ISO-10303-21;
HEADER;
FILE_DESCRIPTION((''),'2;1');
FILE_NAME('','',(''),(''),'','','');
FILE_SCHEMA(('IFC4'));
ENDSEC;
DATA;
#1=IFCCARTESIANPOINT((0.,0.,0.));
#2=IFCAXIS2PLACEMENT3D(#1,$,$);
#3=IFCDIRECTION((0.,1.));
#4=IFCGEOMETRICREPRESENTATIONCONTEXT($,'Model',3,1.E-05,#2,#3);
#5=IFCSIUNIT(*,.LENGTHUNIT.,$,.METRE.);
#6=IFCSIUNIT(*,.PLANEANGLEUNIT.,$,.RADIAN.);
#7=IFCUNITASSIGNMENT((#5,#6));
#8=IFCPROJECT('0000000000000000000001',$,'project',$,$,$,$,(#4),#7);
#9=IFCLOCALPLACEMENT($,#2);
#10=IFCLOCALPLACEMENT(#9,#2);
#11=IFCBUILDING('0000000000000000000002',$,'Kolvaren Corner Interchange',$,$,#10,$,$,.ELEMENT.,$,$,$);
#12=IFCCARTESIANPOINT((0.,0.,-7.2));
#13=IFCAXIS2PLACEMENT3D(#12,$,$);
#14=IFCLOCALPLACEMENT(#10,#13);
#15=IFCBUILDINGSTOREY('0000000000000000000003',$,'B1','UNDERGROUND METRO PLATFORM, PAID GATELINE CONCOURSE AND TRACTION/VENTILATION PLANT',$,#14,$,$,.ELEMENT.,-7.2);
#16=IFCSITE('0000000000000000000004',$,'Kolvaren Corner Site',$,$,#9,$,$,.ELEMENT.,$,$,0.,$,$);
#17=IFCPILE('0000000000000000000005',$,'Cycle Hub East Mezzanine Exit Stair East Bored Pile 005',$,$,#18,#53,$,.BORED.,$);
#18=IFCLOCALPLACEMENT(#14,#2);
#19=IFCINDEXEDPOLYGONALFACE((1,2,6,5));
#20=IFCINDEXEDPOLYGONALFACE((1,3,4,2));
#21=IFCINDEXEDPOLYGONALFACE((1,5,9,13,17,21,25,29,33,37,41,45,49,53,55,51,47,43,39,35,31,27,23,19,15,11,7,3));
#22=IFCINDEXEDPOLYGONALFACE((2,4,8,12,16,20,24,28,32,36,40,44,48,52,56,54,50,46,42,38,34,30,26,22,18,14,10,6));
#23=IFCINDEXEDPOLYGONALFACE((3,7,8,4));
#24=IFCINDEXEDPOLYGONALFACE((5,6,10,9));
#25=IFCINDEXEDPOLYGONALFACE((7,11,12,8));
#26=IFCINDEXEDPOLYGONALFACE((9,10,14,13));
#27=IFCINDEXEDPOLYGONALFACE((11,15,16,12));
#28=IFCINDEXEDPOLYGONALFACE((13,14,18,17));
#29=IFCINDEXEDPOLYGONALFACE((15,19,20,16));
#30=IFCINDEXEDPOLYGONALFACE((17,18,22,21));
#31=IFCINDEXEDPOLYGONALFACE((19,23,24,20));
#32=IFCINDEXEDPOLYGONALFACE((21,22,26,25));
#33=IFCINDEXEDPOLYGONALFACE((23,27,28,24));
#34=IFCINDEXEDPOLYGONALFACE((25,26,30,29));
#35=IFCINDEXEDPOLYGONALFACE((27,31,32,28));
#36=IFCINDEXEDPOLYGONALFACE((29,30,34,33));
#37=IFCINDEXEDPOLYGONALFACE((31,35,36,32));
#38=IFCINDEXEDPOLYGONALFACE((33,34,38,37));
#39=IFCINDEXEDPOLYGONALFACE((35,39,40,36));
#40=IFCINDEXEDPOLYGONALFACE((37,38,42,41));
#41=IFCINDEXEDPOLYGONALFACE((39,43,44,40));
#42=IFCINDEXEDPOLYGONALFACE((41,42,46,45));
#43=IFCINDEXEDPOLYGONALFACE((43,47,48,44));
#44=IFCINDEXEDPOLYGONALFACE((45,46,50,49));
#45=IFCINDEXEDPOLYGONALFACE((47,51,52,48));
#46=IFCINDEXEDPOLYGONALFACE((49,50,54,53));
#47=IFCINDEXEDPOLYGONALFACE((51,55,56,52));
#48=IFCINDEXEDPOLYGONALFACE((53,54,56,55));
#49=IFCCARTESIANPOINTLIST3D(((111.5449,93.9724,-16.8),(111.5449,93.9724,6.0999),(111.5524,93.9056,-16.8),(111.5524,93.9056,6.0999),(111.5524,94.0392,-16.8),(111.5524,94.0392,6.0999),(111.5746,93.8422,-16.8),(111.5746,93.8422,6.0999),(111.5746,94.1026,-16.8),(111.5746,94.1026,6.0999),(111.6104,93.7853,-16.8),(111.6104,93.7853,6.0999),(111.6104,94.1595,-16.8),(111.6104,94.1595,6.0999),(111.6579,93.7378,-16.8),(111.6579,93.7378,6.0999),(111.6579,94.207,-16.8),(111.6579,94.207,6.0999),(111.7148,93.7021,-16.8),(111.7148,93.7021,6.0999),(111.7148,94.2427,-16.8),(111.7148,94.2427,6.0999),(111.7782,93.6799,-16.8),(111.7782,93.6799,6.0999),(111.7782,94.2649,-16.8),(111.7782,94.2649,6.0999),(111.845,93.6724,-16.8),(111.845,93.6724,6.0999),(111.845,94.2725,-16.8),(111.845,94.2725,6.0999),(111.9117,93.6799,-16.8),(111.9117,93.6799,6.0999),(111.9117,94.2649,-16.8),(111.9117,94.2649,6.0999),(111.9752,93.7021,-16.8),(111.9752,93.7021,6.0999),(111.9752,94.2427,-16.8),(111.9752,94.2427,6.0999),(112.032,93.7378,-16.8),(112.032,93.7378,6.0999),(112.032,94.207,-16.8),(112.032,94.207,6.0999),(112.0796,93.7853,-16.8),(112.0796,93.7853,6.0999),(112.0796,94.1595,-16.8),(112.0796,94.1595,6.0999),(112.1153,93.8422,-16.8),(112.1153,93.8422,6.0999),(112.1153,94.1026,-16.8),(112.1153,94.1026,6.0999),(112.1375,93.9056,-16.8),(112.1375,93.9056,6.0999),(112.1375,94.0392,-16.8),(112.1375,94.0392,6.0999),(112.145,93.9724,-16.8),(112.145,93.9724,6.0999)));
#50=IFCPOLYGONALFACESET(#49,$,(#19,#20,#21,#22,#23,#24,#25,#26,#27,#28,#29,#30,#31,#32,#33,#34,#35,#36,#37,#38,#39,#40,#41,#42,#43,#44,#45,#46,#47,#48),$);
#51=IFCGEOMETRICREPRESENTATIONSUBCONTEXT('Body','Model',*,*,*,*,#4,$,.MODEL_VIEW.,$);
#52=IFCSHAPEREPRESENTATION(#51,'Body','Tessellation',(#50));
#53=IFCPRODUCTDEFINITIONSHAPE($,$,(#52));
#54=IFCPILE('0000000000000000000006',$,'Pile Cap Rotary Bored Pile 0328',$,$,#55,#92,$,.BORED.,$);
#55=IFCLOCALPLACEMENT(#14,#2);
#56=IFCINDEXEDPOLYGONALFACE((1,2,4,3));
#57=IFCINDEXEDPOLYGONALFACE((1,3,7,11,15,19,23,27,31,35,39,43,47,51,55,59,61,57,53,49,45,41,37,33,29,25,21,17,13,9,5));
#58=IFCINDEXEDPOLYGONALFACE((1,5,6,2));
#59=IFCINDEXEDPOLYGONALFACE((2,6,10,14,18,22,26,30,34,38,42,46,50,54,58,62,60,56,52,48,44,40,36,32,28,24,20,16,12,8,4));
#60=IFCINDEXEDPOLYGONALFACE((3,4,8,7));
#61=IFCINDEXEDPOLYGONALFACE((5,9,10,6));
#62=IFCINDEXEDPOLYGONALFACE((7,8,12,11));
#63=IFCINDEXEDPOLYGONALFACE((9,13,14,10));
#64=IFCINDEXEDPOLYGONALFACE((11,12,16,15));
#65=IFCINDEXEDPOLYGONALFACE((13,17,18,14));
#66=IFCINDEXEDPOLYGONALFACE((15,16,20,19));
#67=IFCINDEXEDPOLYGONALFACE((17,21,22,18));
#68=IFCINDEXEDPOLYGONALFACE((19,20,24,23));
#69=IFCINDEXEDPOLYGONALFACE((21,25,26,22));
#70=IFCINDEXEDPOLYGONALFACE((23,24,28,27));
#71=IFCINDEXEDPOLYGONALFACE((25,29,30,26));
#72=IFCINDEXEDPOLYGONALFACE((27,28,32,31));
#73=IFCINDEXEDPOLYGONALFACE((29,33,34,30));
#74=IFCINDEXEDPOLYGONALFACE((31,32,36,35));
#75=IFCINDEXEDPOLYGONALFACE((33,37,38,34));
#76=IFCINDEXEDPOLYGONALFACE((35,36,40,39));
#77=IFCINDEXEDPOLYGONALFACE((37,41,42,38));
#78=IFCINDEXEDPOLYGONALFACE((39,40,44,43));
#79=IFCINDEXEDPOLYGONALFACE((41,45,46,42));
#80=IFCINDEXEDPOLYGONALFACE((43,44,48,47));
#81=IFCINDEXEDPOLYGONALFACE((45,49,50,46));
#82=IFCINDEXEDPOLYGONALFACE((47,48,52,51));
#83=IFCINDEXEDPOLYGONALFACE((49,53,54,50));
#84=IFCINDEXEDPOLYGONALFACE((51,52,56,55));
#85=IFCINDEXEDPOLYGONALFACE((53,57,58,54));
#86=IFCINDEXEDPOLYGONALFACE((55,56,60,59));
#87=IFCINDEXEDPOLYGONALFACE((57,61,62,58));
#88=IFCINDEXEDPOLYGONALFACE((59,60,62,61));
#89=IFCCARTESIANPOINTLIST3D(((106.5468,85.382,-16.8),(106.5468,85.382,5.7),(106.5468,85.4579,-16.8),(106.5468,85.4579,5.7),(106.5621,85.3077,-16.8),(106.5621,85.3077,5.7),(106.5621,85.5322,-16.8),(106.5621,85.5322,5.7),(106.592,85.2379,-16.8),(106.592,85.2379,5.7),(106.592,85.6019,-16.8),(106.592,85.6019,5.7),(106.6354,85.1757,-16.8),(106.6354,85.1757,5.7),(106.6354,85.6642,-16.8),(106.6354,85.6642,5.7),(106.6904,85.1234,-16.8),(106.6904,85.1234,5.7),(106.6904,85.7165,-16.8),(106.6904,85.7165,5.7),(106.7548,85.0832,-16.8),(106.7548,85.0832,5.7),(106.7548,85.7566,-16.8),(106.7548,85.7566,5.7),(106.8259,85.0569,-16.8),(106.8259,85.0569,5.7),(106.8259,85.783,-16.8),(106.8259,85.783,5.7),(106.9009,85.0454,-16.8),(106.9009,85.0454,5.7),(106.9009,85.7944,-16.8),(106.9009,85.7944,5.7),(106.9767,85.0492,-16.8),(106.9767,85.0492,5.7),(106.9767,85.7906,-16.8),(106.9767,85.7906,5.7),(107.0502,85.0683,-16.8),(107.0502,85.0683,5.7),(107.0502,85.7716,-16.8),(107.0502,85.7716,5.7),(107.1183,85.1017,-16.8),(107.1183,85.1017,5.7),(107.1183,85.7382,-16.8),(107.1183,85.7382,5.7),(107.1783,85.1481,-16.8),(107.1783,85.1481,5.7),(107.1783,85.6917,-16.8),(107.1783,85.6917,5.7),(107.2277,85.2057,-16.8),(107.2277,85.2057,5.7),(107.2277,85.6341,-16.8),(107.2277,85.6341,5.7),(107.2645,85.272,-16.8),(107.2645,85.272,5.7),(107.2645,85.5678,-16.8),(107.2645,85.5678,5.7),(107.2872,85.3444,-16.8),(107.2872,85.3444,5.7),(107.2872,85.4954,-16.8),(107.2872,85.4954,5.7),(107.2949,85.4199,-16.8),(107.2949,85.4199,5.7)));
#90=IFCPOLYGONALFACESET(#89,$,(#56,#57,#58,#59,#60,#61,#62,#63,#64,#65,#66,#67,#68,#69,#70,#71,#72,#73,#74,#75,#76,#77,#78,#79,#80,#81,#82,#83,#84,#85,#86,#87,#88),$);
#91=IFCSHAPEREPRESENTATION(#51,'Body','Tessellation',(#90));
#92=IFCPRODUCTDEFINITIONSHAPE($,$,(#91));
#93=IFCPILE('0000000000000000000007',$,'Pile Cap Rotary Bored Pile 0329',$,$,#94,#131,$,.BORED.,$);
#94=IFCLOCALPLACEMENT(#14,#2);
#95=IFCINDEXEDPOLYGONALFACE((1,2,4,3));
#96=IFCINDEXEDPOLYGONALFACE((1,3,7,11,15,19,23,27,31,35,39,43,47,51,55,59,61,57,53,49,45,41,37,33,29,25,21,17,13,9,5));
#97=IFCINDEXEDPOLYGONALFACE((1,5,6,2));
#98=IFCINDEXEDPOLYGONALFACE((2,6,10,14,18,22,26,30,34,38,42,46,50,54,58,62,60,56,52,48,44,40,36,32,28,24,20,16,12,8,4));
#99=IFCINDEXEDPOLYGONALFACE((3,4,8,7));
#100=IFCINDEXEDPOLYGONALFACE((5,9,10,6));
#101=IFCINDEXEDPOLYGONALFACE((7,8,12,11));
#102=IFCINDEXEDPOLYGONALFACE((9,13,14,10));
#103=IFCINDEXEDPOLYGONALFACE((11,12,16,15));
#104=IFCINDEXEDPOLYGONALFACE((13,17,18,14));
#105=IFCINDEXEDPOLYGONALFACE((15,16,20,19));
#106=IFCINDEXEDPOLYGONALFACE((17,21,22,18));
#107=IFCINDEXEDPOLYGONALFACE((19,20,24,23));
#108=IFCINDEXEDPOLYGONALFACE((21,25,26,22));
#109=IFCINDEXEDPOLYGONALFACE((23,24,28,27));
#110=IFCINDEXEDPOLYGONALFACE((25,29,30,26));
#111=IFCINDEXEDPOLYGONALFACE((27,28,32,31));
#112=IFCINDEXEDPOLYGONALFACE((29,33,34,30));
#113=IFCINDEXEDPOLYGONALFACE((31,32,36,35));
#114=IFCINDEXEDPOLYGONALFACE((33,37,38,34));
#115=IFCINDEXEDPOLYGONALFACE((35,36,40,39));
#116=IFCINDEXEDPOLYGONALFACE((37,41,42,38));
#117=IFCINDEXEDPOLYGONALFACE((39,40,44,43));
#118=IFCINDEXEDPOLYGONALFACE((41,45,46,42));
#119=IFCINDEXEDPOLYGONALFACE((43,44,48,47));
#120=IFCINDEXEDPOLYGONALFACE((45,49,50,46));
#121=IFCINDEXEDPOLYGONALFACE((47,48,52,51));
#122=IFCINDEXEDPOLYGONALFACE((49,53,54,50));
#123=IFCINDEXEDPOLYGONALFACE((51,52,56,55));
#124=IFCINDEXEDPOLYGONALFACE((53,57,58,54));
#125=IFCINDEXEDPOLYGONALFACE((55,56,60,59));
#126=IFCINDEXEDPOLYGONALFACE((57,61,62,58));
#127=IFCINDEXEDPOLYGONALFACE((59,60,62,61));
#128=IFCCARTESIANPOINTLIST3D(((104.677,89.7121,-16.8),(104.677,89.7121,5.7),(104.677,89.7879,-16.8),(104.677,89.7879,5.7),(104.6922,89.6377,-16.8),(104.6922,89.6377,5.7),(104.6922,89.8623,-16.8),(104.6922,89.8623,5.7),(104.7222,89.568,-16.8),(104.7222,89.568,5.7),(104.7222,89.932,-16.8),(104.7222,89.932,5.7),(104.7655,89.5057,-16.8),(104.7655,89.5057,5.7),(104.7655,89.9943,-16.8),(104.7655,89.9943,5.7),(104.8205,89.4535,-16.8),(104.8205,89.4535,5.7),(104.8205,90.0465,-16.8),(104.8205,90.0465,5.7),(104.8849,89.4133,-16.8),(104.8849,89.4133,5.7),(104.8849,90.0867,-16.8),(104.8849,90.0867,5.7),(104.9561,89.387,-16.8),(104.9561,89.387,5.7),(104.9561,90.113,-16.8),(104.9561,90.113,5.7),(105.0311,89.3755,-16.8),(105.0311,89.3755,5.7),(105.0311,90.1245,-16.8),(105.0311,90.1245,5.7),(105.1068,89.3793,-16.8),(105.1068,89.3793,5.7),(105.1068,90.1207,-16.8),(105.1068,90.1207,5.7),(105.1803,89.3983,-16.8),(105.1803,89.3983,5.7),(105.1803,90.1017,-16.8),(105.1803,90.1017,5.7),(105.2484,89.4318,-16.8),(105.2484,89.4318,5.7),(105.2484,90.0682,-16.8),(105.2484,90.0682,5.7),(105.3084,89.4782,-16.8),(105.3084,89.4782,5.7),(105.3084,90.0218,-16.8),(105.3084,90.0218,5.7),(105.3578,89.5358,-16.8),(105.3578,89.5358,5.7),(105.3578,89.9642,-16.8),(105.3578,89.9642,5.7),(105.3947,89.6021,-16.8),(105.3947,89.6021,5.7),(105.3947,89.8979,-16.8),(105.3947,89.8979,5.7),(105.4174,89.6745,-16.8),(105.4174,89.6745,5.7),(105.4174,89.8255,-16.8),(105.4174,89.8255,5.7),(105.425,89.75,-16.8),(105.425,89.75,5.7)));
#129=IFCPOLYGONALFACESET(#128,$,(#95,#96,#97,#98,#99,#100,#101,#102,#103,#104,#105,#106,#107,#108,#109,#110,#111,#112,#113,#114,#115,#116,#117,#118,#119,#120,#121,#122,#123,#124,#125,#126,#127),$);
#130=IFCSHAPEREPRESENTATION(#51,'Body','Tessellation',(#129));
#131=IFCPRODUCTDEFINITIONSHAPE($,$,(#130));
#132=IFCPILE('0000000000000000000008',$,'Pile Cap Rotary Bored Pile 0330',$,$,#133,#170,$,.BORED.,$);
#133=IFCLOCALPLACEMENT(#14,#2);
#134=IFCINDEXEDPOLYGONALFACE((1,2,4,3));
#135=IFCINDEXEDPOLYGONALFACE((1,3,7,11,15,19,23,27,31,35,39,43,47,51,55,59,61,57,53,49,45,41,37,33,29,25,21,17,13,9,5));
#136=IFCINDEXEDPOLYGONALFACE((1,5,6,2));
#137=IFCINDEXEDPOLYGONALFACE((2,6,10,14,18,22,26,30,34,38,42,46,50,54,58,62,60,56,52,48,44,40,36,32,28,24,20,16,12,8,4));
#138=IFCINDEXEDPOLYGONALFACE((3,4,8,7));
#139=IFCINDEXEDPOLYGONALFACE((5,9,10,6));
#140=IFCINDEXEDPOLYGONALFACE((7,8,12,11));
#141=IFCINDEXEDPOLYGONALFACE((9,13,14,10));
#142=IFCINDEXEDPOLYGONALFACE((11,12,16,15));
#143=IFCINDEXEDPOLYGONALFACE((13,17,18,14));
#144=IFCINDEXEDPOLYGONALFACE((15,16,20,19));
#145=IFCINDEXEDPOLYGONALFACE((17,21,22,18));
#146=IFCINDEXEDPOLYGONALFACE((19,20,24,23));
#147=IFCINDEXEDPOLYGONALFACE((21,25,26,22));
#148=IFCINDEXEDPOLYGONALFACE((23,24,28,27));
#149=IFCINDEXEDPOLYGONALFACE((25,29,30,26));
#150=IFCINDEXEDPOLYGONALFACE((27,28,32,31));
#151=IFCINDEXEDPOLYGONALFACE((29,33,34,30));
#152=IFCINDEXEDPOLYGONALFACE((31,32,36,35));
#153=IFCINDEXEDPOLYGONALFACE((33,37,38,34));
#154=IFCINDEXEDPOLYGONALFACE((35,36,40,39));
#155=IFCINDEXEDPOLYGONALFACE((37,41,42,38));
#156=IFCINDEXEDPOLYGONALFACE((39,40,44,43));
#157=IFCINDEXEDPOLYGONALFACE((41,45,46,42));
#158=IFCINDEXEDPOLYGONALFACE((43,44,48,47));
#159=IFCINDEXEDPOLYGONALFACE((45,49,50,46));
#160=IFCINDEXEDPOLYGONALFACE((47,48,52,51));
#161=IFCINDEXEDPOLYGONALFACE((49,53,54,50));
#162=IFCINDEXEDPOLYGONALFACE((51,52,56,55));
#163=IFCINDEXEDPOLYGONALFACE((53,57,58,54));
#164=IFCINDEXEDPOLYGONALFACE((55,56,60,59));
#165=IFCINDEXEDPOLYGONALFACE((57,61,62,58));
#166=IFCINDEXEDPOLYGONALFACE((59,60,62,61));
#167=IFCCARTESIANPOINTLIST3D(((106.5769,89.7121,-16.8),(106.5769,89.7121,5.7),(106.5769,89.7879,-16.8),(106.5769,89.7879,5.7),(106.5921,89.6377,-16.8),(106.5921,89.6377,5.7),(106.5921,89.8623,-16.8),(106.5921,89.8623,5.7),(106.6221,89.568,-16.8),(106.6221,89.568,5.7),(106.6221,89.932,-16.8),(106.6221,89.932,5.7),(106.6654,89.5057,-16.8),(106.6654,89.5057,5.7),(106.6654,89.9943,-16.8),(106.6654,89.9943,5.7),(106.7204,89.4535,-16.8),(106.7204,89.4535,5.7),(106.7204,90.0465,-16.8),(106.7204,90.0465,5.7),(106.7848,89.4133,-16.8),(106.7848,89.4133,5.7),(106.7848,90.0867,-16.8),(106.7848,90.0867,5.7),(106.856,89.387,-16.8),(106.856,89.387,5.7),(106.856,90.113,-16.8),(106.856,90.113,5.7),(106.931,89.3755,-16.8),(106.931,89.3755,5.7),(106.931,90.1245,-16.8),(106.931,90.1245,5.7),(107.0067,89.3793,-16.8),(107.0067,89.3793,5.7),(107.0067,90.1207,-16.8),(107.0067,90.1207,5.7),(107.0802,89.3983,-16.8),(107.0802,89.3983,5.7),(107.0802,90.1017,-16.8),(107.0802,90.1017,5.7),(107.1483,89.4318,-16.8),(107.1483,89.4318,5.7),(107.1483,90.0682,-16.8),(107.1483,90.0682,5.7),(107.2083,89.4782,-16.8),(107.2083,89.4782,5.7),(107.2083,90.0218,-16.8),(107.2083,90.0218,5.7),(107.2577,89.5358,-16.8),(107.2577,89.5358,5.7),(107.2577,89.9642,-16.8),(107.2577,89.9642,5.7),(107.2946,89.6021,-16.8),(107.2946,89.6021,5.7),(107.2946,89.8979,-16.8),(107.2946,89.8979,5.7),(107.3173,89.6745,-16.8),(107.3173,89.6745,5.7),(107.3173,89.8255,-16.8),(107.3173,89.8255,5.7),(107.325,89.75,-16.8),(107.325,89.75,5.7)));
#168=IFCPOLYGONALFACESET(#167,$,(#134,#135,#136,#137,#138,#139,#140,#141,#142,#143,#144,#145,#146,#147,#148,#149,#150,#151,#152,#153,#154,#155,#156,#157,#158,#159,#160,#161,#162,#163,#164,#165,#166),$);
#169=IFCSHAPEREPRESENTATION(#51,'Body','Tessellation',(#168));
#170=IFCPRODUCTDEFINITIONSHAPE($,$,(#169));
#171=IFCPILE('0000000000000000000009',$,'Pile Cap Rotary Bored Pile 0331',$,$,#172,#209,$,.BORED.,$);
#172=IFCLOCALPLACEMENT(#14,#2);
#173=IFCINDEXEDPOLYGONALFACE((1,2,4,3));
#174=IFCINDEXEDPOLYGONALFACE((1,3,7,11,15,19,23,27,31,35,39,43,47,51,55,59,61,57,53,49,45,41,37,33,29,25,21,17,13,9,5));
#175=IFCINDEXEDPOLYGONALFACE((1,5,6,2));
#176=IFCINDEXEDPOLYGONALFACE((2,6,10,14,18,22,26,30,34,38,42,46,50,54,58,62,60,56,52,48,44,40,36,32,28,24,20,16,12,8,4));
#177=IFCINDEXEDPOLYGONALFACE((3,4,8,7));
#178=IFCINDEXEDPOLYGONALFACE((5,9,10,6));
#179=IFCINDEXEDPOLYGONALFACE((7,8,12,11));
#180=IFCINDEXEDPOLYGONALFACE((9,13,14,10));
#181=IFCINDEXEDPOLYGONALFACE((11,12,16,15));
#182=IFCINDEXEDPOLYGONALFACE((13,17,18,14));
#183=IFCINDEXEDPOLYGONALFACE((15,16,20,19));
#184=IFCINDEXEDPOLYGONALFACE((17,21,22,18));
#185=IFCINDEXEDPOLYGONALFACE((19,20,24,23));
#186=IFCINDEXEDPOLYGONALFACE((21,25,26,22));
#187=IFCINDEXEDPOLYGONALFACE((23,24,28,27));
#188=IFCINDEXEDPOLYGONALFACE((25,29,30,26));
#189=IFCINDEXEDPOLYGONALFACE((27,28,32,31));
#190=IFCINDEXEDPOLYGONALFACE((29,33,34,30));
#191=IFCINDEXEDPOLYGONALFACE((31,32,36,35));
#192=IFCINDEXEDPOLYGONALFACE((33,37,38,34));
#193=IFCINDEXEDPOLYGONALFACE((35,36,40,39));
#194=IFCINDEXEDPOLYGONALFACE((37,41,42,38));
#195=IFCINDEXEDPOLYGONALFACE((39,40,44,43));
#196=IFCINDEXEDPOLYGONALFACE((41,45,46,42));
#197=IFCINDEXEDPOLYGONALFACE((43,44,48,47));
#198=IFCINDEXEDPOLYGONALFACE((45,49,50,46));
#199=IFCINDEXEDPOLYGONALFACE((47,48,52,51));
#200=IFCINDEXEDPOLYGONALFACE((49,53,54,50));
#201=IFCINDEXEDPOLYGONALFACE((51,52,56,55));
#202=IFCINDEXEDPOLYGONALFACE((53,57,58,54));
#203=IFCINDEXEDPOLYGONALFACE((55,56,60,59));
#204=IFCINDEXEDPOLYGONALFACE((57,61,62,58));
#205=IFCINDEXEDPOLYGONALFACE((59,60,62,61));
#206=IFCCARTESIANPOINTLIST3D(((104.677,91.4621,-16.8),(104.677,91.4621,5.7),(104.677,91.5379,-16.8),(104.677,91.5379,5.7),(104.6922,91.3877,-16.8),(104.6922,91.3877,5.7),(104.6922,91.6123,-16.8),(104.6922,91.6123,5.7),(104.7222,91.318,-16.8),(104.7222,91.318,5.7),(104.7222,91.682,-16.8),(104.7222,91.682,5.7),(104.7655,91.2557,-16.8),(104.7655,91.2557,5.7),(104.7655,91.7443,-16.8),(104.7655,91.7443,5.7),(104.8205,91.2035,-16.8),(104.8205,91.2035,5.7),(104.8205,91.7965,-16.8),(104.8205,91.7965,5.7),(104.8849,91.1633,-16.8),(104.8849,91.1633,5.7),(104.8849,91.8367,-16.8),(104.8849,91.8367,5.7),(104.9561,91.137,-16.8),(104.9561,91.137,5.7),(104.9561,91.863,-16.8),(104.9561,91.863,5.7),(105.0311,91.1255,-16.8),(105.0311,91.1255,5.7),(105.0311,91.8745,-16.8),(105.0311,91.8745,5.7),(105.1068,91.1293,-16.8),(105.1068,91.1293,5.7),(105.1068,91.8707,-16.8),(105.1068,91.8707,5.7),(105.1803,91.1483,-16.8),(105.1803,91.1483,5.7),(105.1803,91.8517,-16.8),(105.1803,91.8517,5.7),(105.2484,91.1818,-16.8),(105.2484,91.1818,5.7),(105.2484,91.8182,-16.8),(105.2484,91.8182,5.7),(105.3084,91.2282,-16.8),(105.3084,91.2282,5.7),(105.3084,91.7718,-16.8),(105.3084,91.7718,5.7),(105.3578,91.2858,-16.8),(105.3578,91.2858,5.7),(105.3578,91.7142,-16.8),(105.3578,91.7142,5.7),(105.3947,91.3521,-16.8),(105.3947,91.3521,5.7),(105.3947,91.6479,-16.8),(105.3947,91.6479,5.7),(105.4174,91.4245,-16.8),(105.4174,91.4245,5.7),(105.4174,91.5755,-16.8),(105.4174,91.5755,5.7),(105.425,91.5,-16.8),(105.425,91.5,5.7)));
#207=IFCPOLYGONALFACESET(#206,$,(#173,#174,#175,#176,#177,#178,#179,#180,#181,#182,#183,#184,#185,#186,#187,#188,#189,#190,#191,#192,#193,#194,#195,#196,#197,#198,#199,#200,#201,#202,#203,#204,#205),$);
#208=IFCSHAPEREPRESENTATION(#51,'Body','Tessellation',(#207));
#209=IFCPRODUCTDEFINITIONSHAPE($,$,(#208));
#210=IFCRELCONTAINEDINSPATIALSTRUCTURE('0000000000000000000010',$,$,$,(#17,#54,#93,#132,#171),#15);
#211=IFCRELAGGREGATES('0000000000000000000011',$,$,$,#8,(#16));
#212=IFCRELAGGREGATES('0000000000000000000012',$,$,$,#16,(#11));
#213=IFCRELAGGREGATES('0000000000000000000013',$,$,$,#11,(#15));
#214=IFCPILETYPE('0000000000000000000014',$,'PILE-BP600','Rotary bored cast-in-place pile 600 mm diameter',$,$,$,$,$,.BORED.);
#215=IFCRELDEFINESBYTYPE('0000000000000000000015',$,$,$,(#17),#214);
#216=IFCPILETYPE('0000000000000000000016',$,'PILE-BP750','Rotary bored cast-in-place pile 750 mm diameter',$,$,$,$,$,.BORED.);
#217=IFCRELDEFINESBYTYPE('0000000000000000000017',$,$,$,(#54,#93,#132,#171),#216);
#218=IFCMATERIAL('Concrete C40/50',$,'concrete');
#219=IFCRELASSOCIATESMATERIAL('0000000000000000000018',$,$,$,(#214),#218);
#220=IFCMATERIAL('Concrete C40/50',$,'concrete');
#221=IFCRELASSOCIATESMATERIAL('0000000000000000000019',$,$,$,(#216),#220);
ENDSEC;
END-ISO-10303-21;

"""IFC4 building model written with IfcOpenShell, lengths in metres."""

from ifc_helpers import new_model, si_unit, direction, frame, origin, origin_2d, place, context, subcontext, project, spatial, circle, extrude, material, material_profile, profile_set, type_object, element, save


model = new_model("IFC4")

# Units and contexts
model_context = context("Model", 3, precision=1e-05, world=origin(), true_north=direction((0.0, 1.0)))
body_context = subcontext(model_context, "Body", "Model", "MODEL_VIEW")
ifc_project = project(units=[si_unit("LENGTHUNIT", "METRE"), si_unit("PLANEANGLEUNIT", "RADIAN")], contexts=[model_context])

# Site, building, storey
site_placement = place(None, origin())
site = spatial("IfcSite", under=ifc_project, at=site_placement, Name="Kolvaren Corner Site", CompositionType="ELEMENT", RefElevation=0.0)
building_placement = place(site_placement, origin())
building = spatial("IfcBuilding", under=site, at=building_placement, Name="Kolvaren Corner Interchange", CompositionType="ELEMENT")
storey_placement = place(building_placement, frame((0.0, 0.0, -7.2)))
storey = spatial("IfcBuildingStorey", under=building, at=storey_placement, Name="B1", Description="UNDERGROUND METRO PLATFORM, PAID GATELINE CONCOURSE AND TRACTION/VENTILATION PLANT", CompositionType="ELEMENT", Elevation=-7.2)

# Piles
ifc_material_1 = material(Name="Concrete C40/50", Category="concrete")
ifc_material_profile_1 = material_profile(ifc_material_1, circle(Radius=0.3, at=origin_2d()), Name="BORED PILE 600")
ifc_profile_set_1 = profile_set([ifc_material_profile_1], Name="Concrete C40/50")
pile_type_1 = type_object("IfcPileType", Name="PILE-BP600", Description="Rotary bored cast-in-place pile 600 mm diameter", PredefinedType="BORED", material=ifc_profile_set_1)
for number, where, z_axis, x_axis, name in (
    (1, (111.845, 93.9724, 6.0999), (0.0, 0.0, -1.0), (1.0, 0.0, 0.0), "Cycle Hub East Mezzanine Exit Stair East Bored Pile 005"),
):
    element("IfcPile", number, at=place(storey_placement, frame(where, z_axis=z_axis, x_axis=x_axis)), inside=storey, type_object=pile_type_1, Name=name, PredefinedType="BORED", context=body_context, shape_type="SweptSolid", body=[
        extrude(circle(Radius=0.3, at=origin_2d()), origin(), (0.0, 0.0, 1.0), 22.8999),
    ])
ifc_material_2 = material(Name="Concrete C40/50", Category="concrete")
ifc_material_profile_2 = material_profile(ifc_material_2, circle(Radius=0.375, at=origin_2d()), Name="BORED PILE 750")
ifc_profile_set_2 = profile_set([ifc_material_profile_2], Name="Concrete C40/50")
pile_type_2 = type_object("IfcPileType", Name="PILE-BP750", Description="Rotary bored cast-in-place pile 750 mm diameter", PredefinedType="BORED", material=ifc_profile_set_2)
for number, where, z_axis, x_axis, name in (
    (2, (106.9199, 85.4199, 5.7), (0.0, 0.0, -1.0), (1.0, 0.0, 0.0), "Pile Cap Rotary Bored Pile 0328"),
    (3, (105.05, 89.75, 5.7), (0.0, 0.0, -1.0), (1.0, 0.0, 0.0), "Pile Cap Rotary Bored Pile 0329"),
    (4, (106.95, 89.75, 5.7), (0.0, 0.0, -1.0), (1.0, 0.0, 0.0), "Pile Cap Rotary Bored Pile 0330"),
    (5, (105.05, 91.5, 5.7), (0.0, 0.0, -1.0), (1.0, 0.0, 0.0), "Pile Cap Rotary Bored Pile 0331"),
):
    element("IfcPile", number, at=place(storey_placement, frame(where, z_axis=z_axis, x_axis=x_axis)), inside=storey, type_object=pile_type_2, Name=name, PredefinedType="BORED", context=body_context, shape_type="SweptSolid", body=[
        extrude(circle(Radius=0.375, at=origin_2d()), origin(), (0.0, 0.0, 1.0), 22.5),
    ])

save(model, "model.ifc")
